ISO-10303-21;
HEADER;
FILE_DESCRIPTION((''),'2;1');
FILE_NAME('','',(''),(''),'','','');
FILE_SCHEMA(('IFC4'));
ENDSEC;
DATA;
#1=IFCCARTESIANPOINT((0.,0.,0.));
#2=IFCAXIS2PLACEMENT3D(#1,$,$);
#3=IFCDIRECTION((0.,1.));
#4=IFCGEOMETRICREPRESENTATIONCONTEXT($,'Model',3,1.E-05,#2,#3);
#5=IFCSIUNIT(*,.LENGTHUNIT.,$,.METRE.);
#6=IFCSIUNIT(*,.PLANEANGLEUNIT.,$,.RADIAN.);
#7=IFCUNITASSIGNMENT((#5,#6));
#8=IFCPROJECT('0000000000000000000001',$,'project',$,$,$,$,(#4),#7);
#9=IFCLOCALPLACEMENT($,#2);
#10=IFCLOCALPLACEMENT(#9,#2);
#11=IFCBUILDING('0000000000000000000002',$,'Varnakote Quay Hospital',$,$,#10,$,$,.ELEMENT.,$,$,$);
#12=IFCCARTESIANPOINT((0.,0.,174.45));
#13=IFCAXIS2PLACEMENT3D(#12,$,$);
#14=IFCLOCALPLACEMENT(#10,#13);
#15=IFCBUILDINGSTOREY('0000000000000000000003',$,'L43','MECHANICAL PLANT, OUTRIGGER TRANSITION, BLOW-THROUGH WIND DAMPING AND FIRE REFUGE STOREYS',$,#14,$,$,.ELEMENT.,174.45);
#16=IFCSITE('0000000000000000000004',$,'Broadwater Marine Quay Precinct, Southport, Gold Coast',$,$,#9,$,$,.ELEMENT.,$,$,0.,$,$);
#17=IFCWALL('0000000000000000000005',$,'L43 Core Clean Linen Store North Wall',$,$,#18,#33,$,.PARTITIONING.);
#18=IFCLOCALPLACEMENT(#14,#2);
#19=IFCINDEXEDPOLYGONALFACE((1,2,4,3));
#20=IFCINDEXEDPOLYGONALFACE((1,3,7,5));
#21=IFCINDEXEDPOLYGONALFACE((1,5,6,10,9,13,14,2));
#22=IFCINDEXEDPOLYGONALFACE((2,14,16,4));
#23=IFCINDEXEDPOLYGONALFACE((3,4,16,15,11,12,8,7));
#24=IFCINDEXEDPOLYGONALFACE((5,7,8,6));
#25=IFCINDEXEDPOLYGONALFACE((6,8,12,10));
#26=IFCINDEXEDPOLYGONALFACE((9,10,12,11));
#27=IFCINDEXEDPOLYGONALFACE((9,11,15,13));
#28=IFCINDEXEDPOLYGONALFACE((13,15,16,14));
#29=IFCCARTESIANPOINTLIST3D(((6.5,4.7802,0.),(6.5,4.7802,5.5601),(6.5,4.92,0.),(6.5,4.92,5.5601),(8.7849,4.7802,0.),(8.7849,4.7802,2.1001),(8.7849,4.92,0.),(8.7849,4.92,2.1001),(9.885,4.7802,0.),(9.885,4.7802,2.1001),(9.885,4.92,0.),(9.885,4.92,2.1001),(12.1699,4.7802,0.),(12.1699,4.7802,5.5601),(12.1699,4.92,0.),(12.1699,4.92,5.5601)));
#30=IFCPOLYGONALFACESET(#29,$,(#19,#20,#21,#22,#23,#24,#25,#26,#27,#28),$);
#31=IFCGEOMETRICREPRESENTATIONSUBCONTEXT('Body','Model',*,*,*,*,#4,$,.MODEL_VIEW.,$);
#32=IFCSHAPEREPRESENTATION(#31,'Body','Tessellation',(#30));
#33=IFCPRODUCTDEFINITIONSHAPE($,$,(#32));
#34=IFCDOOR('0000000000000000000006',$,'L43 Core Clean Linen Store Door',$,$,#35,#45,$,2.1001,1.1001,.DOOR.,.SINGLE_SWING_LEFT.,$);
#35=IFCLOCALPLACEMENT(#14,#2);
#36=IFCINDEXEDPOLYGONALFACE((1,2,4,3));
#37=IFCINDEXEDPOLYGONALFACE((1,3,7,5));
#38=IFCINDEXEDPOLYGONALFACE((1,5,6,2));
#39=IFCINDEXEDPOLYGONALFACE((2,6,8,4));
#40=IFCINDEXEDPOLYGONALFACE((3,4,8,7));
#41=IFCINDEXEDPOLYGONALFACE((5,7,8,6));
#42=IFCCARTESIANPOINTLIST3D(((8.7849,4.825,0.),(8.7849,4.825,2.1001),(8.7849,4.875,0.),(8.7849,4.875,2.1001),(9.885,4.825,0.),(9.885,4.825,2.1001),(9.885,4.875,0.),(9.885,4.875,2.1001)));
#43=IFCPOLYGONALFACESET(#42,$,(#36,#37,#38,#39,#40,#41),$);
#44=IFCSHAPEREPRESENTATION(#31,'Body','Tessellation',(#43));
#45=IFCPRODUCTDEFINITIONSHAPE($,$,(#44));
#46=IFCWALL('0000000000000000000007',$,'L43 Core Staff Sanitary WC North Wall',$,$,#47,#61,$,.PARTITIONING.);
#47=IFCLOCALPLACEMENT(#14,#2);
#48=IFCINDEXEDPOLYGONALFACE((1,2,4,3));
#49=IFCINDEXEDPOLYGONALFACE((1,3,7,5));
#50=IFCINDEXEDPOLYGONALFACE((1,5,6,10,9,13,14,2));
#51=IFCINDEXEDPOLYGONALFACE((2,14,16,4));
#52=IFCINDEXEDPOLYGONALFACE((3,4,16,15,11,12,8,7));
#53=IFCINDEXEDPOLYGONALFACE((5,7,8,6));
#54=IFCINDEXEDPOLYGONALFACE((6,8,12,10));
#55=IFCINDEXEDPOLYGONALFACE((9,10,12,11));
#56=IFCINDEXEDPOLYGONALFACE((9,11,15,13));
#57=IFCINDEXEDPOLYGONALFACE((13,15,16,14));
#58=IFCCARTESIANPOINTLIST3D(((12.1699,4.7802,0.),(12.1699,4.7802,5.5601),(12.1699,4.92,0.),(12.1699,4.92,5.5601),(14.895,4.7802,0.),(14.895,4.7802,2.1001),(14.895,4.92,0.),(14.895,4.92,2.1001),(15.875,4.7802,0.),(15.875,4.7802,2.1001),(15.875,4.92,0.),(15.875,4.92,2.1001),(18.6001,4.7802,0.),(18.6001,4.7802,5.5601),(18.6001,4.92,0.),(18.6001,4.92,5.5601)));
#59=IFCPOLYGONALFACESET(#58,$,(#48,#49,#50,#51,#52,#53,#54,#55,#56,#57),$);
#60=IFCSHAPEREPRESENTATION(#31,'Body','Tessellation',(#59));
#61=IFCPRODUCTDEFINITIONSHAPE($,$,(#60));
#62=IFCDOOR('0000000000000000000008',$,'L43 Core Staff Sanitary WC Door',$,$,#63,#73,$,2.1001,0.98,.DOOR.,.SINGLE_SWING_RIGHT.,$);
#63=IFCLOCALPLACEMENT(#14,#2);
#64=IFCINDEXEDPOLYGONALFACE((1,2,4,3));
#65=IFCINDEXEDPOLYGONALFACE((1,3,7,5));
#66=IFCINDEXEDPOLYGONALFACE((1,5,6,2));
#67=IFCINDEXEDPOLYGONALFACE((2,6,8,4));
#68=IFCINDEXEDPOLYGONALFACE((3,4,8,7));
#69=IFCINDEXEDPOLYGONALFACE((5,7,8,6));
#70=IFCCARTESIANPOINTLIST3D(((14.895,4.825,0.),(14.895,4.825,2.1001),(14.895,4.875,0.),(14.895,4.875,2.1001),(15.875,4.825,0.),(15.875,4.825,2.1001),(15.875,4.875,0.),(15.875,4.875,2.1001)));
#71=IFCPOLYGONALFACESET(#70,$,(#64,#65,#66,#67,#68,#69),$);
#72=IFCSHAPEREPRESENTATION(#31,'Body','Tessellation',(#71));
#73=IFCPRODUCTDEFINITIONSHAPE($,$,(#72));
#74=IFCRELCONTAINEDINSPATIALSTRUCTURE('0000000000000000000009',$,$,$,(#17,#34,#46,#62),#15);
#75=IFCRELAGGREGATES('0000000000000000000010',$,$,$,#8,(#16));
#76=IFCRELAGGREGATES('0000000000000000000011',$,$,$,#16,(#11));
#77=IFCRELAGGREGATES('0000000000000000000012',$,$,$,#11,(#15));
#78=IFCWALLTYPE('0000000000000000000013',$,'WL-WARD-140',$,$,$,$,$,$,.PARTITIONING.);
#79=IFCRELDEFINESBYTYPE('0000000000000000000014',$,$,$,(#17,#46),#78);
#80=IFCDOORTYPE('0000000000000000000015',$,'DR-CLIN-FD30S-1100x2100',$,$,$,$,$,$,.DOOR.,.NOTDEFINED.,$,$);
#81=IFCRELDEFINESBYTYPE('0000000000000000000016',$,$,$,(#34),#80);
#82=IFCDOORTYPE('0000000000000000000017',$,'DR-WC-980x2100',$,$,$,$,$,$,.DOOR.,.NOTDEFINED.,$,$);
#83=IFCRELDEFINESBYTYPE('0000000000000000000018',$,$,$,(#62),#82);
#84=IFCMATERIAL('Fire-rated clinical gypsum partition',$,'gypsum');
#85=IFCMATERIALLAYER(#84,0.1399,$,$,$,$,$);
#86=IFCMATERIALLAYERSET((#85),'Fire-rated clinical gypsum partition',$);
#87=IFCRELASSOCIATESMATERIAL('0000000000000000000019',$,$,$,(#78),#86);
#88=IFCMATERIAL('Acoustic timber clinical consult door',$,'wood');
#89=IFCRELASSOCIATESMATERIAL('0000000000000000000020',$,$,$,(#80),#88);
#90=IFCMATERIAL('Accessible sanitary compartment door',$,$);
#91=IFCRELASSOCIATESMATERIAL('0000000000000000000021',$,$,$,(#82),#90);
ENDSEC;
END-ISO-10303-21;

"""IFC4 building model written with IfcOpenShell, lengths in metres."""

from ifc_helpers import new_model, si_unit, direction, frame, frame_2d, origin, place, context, subcontext, project, spatial, rectangle, extrude, material, layer, layer_set, type_object, element, fill, save


model = new_model("IFC4")

# Units and contexts
model_context = context("Model", 3, precision=1e-05, world=origin(), true_north=direction((0.0, 1.0)))
body_context = subcontext(model_context, "Body", "Model", "MODEL_VIEW")
ifc_project = project(units=[si_unit("LENGTHUNIT", "METRE"), si_unit("PLANEANGLEUNIT", "RADIAN")], contexts=[model_context])

# Site, building, storey
site_placement = place(None, origin())
site = spatial("IfcSite", under=ifc_project, at=site_placement, Name="Broadwater Marine Quay Precinct, Southport, Gold Coast", CompositionType="ELEMENT", RefElevation=0.0)
building_placement = place(site_placement, origin())
building = spatial("IfcBuilding", under=site, at=building_placement, Name="Varnakote Quay Hospital", CompositionType="ELEMENT")
storey_placement = place(building_placement, frame((0.0, 0.0, 174.45)))
storey = spatial("IfcBuildingStorey", under=building, at=storey_placement, Name="L43", Description="MECHANICAL PLANT, OUTRIGGER TRANSITION, BLOW-THROUGH WIND DAMPING AND FIRE REFUGE STOREYS", CompositionType="ELEMENT", Elevation=174.45)

# Walls, openings, doors
ifc_material_1 = material(Name="Fire-rated clinical gypsum partition", Category="gypsum")
ifc_layer_1 = layer(ifc_material_1, 0.1399)
ifc_layer_set_1 = layer_set([ifc_layer_1], Name="Fire-rated clinical gypsum partition")
wall_type_1 = type_object("IfcWallType", Name="WL-WARD-140", PredefinedType="PARTITIONING", material=ifc_layer_set_1)
wall_1_placement = place(storey_placement, frame((6.5, 4.8501, 0.0), z_axis=(0.0, 0.0, 1.0), x_axis=(1.0, 0.0, 0.0)))
wall_1 = element("IfcWall", 1, at=wall_1_placement, inside=storey, type_object=wall_type_1, Name="L43 Core Clean Linen Store North Wall", PredefinedType="PARTITIONING", context=body_context, shape_type="SweptSolid", body=[
    extrude(rectangle(XDim=5.6699, YDim=0.1399, at=frame_2d((2.835, 0.0))), origin(), (0.0, 0.0, 1.0), 5.5601),
])
opening_1_placement = place(wall_1_placement, frame((2.2849, 0.0, 0.0)))
opening_1 = element("IfcOpeningElement", 2, at=opening_1_placement, cuts=wall_1, PredefinedType="OPENING", context=body_context, shape_type="SweptSolid", body=[
    extrude(rectangle(XDim=1.1001, YDim=2.1001, at=frame_2d((0.55, 1.05))), frame((0.0, 0.0798, 0.0), z_axis=(0.0, -1.0, 0.0), x_axis=(1.0, 0.0, 0.0)), (0.0, 0.0, 1.0), 0.1599),
])
ifc_material_2 = material(Name="Acoustic timber clinical consult door", Category="wood")
door_type_1 = type_object("IfcDoorType", Name="DR-CLIN-FD30S-1100x2100", OperationType="NOTDEFINED", PredefinedType="DOOR", material=ifc_material_2)
door_1_placement = place(opening_1_placement, origin())
door_1 = element("IfcDoor", 3, at=door_1_placement, inside=storey, type_object=door_type_1, Name="L43 Core Clean Linen Store Door", OperationType="SINGLE_SWING_LEFT", OverallHeight=2.1001, OverallWidth=1.1001, PredefinedType="DOOR", context=body_context, shape_type="SweptSolid", body=[
    extrude(rectangle(XDim=1.1001, YDim=2.1001, at=frame_2d((0.55, 1.05))), frame((0.0, 0.0249, 0.0), z_axis=(0.0, -1.0, 0.0), x_axis=(1.0, 0.0, 0.0)), (0.0, 0.0, 1.0), 0.05),
])
fill(opening_1, door_1)
wall_2_placement = place(storey_placement, frame((12.1699, 4.8501, 0.0), z_axis=(0.0, 0.0, 1.0), x_axis=(1.0, 0.0, 0.0)))
wall_2 = element("IfcWall", 4, at=wall_2_placement, inside=storey, type_object=wall_type_1, Name="L43 Core Staff Sanitary WC North Wall", PredefinedType="PARTITIONING", context=body_context, shape_type="SweptSolid", body=[
    extrude(rectangle(XDim=6.4302, YDim=0.1399, at=frame_2d((3.2151, 0.0))), origin(), (0.0, 0.0, 1.0), 5.5601),
])
opening_2_placement = place(wall_2_placement, frame((2.7251, 0.0, 0.0)))
opening_2 = element("IfcOpeningElement", 5, at=opening_2_placement, cuts=wall_2, PredefinedType="OPENING", context=body_context, shape_type="SweptSolid", body=[
    extrude(rectangle(XDim=0.98, YDim=2.1001, at=frame_2d((0.49, 1.05))), frame((0.0, 0.0798, 0.0), z_axis=(0.0, -1.0, 0.0), x_axis=(1.0, 0.0, 0.0)), (0.0, 0.0, 1.0), 0.1599),
])
ifc_material_3 = material(Name="Accessible sanitary compartment door")
door_type_2 = type_object("IfcDoorType", Name="DR-WC-980x2100", OperationType="NOTDEFINED", PredefinedType="DOOR", material=ifc_material_3)
door_2_placement = place(opening_2_placement, origin())
door_2 = element("IfcDoor", 6, at=door_2_placement, inside=storey, type_object=door_type_2, Name="L43 Core Staff Sanitary WC Door", OperationType="SINGLE_SWING_RIGHT", OverallHeight=2.1001, OverallWidth=0.98, PredefinedType="DOOR", context=body_context, shape_type="SweptSolid", body=[
    extrude(rectangle(XDim=0.98, YDim=2.1001, at=frame_2d((0.49, 1.05))), frame((0.0, 0.0249, 0.0), z_axis=(0.0, -1.0, 0.0), x_axis=(1.0, 0.0, 0.0)), (0.0, 0.0, 1.0), 0.05),
])
fill(opening_2, door_2)

save(model, "model.ifc")
